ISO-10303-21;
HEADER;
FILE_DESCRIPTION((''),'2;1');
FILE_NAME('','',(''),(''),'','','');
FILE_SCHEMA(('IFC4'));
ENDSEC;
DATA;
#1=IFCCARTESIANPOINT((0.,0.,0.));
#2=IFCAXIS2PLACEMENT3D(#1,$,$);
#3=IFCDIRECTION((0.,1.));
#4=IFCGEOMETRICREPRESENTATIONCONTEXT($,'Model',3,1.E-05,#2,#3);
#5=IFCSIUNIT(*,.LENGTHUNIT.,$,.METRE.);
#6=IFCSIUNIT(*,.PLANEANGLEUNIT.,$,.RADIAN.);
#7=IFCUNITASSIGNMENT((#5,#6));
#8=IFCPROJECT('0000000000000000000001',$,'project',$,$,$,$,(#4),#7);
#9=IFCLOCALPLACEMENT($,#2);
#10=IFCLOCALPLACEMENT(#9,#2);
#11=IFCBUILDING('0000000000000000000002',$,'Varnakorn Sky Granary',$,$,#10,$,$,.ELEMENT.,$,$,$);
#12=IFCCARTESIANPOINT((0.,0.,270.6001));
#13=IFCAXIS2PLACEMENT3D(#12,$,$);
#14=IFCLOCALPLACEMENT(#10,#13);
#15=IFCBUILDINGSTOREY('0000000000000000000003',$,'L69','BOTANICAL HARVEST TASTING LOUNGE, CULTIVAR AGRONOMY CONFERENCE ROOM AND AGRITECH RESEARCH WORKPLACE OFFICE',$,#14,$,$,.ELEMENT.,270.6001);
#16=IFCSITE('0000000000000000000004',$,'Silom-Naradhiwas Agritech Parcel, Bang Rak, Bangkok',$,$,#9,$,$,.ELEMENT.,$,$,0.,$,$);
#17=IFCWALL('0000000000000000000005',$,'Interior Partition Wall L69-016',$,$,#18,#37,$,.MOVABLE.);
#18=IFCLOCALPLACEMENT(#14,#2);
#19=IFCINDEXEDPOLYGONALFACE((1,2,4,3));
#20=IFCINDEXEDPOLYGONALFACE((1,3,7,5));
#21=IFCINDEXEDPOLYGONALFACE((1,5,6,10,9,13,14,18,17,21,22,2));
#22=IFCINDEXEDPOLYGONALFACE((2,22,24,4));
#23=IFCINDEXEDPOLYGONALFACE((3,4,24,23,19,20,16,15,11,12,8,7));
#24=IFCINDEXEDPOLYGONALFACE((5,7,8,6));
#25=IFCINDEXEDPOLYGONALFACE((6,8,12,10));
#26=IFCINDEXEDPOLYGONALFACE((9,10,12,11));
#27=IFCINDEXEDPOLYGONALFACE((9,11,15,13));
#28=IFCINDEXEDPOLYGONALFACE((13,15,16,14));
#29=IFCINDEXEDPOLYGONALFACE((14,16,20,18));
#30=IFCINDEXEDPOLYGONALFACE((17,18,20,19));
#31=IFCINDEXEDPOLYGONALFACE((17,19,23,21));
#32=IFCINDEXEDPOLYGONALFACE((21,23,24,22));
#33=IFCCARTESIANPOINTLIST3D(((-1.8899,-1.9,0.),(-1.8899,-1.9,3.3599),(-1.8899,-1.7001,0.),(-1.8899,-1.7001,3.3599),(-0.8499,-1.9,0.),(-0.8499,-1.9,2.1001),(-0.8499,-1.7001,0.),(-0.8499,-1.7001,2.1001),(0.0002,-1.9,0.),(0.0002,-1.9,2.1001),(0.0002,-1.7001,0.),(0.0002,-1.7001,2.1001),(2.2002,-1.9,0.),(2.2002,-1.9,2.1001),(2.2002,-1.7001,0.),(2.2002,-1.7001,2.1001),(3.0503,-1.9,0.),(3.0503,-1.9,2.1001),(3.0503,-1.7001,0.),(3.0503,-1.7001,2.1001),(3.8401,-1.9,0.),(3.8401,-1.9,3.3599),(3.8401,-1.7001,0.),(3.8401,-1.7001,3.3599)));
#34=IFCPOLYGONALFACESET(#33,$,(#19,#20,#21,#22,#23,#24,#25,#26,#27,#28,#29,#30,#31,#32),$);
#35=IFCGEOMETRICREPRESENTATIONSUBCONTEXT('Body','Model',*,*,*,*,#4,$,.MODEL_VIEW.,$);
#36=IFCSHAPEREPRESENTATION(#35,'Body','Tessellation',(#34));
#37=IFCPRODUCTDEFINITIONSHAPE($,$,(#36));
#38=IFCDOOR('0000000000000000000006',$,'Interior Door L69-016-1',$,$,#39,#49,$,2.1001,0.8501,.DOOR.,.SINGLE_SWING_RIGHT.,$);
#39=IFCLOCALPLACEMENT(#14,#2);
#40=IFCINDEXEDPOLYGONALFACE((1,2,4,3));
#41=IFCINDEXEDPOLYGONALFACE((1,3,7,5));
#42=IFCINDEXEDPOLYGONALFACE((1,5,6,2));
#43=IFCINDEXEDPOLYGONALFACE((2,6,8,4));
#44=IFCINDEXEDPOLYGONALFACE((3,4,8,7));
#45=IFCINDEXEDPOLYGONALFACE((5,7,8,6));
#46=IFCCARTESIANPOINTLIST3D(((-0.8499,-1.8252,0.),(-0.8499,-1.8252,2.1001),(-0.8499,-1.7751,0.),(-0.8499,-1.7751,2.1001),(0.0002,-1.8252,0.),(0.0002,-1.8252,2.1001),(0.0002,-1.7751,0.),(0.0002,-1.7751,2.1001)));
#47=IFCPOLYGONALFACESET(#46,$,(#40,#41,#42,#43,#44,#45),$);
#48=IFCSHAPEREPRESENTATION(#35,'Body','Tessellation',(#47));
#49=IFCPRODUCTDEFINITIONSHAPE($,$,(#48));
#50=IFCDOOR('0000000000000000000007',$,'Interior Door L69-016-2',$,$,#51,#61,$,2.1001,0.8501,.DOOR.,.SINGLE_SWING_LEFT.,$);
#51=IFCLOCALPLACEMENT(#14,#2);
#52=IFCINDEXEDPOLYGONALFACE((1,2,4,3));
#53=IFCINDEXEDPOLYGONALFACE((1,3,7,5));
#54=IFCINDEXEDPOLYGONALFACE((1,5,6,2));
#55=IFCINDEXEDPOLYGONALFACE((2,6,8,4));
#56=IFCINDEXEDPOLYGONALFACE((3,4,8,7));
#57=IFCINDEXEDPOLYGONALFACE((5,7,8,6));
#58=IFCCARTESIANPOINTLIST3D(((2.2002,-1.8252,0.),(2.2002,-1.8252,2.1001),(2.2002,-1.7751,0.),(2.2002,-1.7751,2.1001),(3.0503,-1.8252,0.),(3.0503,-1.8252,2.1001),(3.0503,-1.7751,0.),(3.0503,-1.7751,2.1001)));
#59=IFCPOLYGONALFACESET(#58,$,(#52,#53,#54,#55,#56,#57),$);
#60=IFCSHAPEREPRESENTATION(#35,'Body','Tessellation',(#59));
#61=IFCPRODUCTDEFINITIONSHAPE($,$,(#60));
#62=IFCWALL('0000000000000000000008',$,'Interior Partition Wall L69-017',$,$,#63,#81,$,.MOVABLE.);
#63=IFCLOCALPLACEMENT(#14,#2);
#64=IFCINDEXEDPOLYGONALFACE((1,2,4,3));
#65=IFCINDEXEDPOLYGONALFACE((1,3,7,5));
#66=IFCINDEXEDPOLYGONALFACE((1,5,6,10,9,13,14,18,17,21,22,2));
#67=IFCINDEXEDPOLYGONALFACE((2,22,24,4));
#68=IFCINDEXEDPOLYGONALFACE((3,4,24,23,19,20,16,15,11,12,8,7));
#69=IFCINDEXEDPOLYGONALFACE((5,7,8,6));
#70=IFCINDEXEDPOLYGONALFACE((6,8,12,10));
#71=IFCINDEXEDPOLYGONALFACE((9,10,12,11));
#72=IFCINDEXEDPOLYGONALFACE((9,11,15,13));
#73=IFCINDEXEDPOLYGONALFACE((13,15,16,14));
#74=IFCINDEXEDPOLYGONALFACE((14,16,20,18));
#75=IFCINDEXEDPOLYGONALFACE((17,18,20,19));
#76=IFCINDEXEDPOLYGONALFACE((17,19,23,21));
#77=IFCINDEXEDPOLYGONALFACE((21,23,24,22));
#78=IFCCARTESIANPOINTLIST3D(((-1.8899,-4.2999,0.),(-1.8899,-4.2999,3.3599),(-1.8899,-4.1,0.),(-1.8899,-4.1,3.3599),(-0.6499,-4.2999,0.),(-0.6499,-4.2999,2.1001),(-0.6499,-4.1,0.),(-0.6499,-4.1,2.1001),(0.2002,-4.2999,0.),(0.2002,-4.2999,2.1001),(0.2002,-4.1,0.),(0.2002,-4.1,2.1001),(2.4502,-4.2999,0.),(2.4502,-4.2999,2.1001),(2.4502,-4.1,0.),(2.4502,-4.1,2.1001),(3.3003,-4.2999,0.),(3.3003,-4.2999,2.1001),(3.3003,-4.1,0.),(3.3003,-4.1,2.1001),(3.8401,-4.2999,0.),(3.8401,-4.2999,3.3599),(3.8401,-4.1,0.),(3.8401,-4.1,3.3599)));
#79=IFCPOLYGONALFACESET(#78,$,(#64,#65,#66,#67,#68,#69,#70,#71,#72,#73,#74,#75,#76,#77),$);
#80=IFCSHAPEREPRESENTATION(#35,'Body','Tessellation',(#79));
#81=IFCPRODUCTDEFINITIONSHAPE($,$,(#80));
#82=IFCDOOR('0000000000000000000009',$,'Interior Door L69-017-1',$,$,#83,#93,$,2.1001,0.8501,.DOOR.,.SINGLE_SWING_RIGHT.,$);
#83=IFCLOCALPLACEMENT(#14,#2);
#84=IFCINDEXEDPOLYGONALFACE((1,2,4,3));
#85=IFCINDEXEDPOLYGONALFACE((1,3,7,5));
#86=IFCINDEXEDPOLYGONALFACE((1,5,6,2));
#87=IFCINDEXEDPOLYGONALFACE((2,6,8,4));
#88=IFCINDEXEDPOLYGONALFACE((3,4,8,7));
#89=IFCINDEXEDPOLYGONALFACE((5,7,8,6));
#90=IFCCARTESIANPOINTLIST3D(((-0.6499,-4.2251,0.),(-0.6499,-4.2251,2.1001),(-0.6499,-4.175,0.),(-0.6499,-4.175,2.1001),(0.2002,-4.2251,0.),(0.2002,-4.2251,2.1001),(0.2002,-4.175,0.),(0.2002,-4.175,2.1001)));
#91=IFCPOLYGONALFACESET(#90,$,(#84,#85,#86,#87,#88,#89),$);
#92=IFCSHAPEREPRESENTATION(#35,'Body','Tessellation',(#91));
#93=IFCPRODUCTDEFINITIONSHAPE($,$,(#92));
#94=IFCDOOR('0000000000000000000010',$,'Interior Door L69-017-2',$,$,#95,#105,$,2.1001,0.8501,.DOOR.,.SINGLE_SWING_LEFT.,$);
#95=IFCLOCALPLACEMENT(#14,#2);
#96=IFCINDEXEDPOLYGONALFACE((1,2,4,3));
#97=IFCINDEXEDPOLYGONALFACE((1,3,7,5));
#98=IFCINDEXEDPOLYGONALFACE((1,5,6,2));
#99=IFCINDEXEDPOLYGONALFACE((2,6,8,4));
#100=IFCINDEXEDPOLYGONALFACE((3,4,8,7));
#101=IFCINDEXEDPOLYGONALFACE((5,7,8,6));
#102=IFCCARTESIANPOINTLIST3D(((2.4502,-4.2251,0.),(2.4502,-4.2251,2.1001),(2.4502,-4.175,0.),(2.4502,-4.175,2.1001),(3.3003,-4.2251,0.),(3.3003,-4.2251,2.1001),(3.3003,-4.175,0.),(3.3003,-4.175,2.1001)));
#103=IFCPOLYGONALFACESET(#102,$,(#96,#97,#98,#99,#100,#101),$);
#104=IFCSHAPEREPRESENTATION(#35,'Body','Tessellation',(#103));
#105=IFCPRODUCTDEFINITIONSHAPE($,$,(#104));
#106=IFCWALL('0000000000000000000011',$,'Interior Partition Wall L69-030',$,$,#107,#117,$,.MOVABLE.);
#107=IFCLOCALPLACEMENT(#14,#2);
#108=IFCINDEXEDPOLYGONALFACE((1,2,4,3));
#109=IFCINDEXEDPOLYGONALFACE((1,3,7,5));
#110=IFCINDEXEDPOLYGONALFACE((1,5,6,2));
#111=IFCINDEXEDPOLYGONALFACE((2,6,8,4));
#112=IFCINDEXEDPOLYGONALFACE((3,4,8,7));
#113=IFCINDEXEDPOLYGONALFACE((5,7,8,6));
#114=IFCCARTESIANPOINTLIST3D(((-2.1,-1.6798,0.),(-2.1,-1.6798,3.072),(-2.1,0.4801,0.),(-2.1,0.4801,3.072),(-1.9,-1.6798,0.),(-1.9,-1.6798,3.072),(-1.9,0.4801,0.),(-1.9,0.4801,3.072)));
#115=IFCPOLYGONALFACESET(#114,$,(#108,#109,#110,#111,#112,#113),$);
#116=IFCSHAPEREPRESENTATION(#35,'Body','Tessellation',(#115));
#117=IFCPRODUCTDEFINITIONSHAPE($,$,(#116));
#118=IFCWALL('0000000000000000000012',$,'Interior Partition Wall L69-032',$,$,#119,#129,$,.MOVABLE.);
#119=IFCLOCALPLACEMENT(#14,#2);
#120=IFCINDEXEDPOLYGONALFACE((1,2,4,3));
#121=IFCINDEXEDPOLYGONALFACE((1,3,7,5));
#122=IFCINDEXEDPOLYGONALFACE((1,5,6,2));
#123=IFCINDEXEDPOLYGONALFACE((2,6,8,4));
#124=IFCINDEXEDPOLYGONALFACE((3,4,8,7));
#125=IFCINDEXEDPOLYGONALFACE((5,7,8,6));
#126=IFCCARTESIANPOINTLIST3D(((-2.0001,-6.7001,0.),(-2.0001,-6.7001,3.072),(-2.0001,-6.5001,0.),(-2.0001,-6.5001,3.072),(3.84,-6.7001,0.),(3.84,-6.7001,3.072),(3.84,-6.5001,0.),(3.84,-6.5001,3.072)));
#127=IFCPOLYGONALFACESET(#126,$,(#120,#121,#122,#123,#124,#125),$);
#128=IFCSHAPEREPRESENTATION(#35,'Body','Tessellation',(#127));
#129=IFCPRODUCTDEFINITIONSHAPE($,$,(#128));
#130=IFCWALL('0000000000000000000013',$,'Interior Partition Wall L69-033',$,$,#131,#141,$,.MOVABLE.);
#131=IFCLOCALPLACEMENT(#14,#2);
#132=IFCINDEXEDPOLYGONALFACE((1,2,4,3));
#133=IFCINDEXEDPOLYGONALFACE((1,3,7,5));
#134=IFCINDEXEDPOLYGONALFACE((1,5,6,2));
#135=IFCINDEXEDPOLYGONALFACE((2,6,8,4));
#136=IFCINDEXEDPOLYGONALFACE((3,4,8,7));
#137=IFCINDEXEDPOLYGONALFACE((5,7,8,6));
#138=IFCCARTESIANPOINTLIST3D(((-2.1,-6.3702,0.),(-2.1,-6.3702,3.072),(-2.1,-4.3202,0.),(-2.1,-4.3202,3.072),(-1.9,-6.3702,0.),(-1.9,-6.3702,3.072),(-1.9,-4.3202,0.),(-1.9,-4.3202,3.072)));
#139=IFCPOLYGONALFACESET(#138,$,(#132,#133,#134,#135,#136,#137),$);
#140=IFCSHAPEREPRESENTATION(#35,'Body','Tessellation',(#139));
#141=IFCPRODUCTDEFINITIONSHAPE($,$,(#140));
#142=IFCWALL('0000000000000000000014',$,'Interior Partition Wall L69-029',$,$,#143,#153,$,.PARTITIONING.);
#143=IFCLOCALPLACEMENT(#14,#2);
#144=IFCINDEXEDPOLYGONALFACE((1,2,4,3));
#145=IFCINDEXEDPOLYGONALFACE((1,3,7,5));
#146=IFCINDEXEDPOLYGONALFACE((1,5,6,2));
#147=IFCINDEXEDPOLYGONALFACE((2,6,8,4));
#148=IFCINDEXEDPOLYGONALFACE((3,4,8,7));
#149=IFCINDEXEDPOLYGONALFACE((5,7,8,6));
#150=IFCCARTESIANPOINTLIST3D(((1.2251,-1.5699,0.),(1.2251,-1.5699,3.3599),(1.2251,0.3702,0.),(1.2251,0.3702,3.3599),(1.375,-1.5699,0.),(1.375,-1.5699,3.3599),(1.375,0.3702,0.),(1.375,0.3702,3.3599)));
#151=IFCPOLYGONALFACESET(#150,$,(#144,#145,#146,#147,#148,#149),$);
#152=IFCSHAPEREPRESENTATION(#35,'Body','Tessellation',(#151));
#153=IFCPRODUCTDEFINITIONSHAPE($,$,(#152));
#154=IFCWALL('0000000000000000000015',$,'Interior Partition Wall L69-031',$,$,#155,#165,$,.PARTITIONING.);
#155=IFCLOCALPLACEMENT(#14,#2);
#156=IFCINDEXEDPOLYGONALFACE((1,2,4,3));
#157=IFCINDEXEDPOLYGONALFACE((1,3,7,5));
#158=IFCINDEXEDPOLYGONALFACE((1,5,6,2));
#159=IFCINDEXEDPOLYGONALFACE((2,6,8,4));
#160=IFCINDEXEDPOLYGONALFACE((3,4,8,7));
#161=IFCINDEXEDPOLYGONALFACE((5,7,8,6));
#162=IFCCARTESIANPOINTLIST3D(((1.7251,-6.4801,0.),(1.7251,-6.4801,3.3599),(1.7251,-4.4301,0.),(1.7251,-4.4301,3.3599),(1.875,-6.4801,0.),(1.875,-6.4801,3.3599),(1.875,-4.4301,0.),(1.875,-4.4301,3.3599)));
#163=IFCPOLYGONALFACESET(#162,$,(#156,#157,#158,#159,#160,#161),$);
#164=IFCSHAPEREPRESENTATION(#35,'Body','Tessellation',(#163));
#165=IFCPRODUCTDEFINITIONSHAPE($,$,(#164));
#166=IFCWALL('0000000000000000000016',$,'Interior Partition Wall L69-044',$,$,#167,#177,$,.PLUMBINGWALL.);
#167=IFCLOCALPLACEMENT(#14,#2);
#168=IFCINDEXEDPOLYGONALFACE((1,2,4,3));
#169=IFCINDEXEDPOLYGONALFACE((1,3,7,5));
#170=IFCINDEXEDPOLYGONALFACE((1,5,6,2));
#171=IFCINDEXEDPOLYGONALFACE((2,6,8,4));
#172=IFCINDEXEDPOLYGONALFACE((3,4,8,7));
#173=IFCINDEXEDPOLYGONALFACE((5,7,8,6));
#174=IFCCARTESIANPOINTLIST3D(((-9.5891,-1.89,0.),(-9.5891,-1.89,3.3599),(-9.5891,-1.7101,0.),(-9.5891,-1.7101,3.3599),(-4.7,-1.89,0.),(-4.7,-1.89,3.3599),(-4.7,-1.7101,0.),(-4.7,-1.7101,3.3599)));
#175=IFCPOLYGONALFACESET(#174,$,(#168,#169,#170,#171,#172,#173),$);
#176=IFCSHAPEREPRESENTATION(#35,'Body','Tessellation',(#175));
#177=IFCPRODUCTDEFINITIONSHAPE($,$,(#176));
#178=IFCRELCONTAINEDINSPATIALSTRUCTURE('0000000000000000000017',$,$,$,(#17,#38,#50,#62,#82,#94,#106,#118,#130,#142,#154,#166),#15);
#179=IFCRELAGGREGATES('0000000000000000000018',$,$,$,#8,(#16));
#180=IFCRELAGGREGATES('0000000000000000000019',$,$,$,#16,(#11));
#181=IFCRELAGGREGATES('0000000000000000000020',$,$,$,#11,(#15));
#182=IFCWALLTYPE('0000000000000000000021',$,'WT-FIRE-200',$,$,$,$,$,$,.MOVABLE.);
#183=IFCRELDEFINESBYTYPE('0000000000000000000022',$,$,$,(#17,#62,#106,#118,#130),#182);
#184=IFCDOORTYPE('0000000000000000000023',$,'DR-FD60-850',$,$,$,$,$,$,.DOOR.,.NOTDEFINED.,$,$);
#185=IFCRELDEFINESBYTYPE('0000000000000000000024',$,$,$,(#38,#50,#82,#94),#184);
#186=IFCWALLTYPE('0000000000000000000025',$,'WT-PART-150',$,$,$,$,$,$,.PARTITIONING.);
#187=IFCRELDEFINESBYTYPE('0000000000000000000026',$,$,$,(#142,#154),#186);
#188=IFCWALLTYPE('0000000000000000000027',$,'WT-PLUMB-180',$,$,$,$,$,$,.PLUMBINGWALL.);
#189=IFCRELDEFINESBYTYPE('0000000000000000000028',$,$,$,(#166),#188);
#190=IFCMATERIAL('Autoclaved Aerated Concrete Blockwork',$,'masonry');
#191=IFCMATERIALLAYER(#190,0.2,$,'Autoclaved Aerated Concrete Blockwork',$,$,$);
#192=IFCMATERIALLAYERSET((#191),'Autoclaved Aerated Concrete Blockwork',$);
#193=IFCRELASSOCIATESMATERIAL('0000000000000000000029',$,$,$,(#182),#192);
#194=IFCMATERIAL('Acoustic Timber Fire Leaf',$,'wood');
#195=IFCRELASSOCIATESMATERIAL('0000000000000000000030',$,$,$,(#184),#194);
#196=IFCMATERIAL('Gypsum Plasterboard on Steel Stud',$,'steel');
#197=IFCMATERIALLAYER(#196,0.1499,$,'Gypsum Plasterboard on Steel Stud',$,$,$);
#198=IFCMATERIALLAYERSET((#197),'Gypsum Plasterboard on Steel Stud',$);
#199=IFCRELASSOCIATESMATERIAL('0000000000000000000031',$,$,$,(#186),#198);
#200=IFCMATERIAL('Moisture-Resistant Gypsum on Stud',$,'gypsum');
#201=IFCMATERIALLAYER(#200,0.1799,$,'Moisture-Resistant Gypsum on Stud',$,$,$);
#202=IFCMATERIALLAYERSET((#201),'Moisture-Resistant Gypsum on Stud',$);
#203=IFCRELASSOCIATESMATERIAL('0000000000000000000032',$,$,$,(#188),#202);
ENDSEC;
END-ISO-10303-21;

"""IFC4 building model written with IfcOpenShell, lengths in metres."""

from ifc_helpers import new_model, si_unit, direction, frame, frame_2d, origin, place, context, subcontext, project, spatial, rectangle, extrude, material, layer, layer_set, type_object, element, fill, save


model = new_model("IFC4")

# Units and contexts
model_context = context("Model", 3, precision=1e-05, world=origin(), true_north=direction((0.0, 1.0)))
body_context = subcontext(model_context, "Body", "Model", "MODEL_VIEW")
ifc_project = project(units=[si_unit("LENGTHUNIT", "METRE"), si_unit("PLANEANGLEUNIT", "RADIAN")], contexts=[model_context])

# Site, building, storey
site_placement = place(None, origin())
site = spatial("IfcSite", under=ifc_project, at=site_placement, Name="Silom-Naradhiwas Agritech Parcel, Bang Rak, Bangkok", CompositionType="ELEMENT", RefElevation=0.0)
building_placement = place(site_placement, origin())
building = spatial("IfcBuilding", under=site, at=building_placement, Name="Varnakorn Sky Granary", CompositionType="ELEMENT")
storey_placement = place(building_placement, frame((0.0, 0.0, 270.6001)))
storey = spatial("IfcBuildingStorey", under=building, at=storey_placement, Name="L69", Description="BOTANICAL HARVEST TASTING LOUNGE, CULTIVAR AGRONOMY CONFERENCE ROOM AND AGRITECH RESEARCH WORKPLACE OFFICE", CompositionType="ELEMENT", Elevation=270.6001)

# Shared definitions
ifc_material_1 = material(Name="Autoclaved Aerated Concrete Blockwork", Category="masonry")
ifc_layer_1 = layer(ifc_material_1, 0.2, Name="Autoclaved Aerated Concrete Blockwork")
ifc_layer_set_1 = layer_set([ifc_layer_1], Name="Autoclaved Aerated Concrete Blockwork")
wall_type_1 = type_object("IfcWallType", Name="WT-FIRE-200", PredefinedType="MOVABLE", material=ifc_layer_set_1)
ifc_material_2 = material(Name="Acoustic Timber Fire Leaf", Category="wood")

# Walls, openings, doors
wall_1_placement = place(storey_placement, frame((-1.8899, -1.8, 0.0), z_axis=(0.0, 0.0, 1.0), x_axis=(1.0, 0.0, 0.0)))
wall_1 = element("IfcWall", 1, at=wall_1_placement, inside=storey, type_object=wall_type_1, Name="Interior Partition Wall L69-016", PredefinedType="MOVABLE", context=body_context, shape_type="SweptSolid", body=[
    extrude(rectangle(XDim=5.73, YDim=0.2, at=frame_2d((2.865, 0.0))), origin(), (0.0, 0.0, 1.0), 3.3599),
])
opening_1_placement = place(wall_1_placement, frame((1.04, 0.0, 0.0)))
opening_1 = element("IfcOpeningElement", 2, at=opening_1_placement, cuts=wall_1, PredefinedType="OPENING", context=body_context, shape_type="SweptSolid", body=[
    extrude(rectangle(XDim=0.8501, YDim=2.1001, at=frame_2d((0.425, 1.05))), frame((0.0, 0.1099, 0.0), z_axis=(0.0, -1.0, 0.0), x_axis=(1.0, 0.0, 0.0)), (0.0, 0.0, 1.0), 0.22),
])
opening_2_placement = place(wall_1_placement, frame((4.0901, 0.0, 0.0)))
opening_2 = element("IfcOpeningElement", 3, at=opening_2_placement, cuts=wall_1, PredefinedType="OPENING", context=body_context, shape_type="SweptSolid", body=[
    extrude(rectangle(XDim=0.8501, YDim=2.1001, at=frame_2d((0.425, 1.05))), frame((0.0, 0.1099, 0.0), z_axis=(0.0, -1.0, 0.0), x_axis=(1.0, 0.0, 0.0)), (0.0, 0.0, 1.0), 0.22),
])
door_type_1 = type_object("IfcDoorType", Name="DR-FD60-850", OperationType="NOTDEFINED", PredefinedType="DOOR", material=ifc_material_2)
door_1_placement = place(opening_1_placement, origin())
door_1 = element("IfcDoor", 4, at=door_1_placement, inside=storey, type_object=door_type_1, Name="Interior Door L69-016-1", OperationType="SINGLE_SWING_RIGHT", OverallHeight=2.1001, OverallWidth=0.8501, PredefinedType="DOOR", context=body_context, shape_type="SweptSolid", body=[
    extrude(rectangle(XDim=0.8501, YDim=2.1001, at=frame_2d((0.425, 1.05))), frame((0.0, 0.0249, 0.0), z_axis=(0.0, -1.0, 0.0), x_axis=(1.0, 0.0, 0.0)), (0.0, 0.0, 1.0), 0.05),
])
fill(opening_1, door_1)
door_2_placement = place(opening_2_placement, origin())
door_2 = element("IfcDoor", 5, at=door_2_placement, inside=storey, type_object=door_type_1, Name="Interior Door L69-016-2", OperationType="SINGLE_SWING_LEFT", OverallHeight=2.1001, OverallWidth=0.8501, PredefinedType="DOOR", context=body_context, shape_type="SweptSolid", body=[
    extrude(rectangle(XDim=0.8501, YDim=2.1001, at=frame_2d((0.425, 1.05))), frame((0.0, 0.0249, 0.0), z_axis=(0.0, -1.0, 0.0), x_axis=(1.0, 0.0, 0.0)), (0.0, 0.0, 1.0), 0.05),
])
fill(opening_2, door_2)
wall_2_placement = place(storey_placement, frame((-1.8899, -4.2, 0.0), z_axis=(0.0, 0.0, 1.0), x_axis=(1.0, 0.0, 0.0)))
wall_2 = element("IfcWall", 6, at=wall_2_placement, inside=storey, type_object=wall_type_1, Name="Interior Partition Wall L69-017", PredefinedType="MOVABLE", context=body_context, shape_type="SweptSolid", body=[
    extrude(rectangle(XDim=5.73, YDim=0.2, at=frame_2d((2.865, 0.0))), origin(), (0.0, 0.0, 1.0), 3.3599),
])
opening_3_placement = place(wall_2_placement, frame((1.24, 0.0, 0.0)))
opening_3 = element("IfcOpeningElement", 7, at=opening_3_placement, cuts=wall_2, PredefinedType="OPENING", context=body_context, shape_type="SweptSolid", body=[
    extrude(rectangle(XDim=0.8501, YDim=2.1001, at=frame_2d((0.425, 1.05))), frame((0.0, 0.1099, 0.0), z_axis=(0.0, -1.0, 0.0), x_axis=(1.0, 0.0, 0.0)), (0.0, 0.0, 1.0), 0.22),
])
opening_4_placement = place(wall_2_placement, frame((4.3401, 0.0, 0.0)))
opening_4 = element("IfcOpeningElement", 8, at=opening_4_placement, cuts=wall_2, PredefinedType="OPENING", context=body_context, shape_type="SweptSolid", body=[
    extrude(rectangle(XDim=0.8501, YDim=2.1001, at=frame_2d((0.425, 1.05))), frame((0.0, 0.1099, 0.0), z_axis=(0.0, -1.0, 0.0), x_axis=(1.0, 0.0, 0.0)), (0.0, 0.0, 1.0), 0.22),
])
door_3_placement = place(opening_3_placement, origin())
door_3 = element("IfcDoor", 9, at=door_3_placement, inside=storey, type_object=door_type_1, Name="Interior Door L69-017-1", OperationType="SINGLE_SWING_RIGHT", OverallHeight=2.1001, OverallWidth=0.8501, PredefinedType="DOOR", context=body_context, shape_type="SweptSolid", body=[
    extrude(rectangle(XDim=0.8501, YDim=2.1001, at=frame_2d((0.425, 1.05))), frame((0.0, 0.0249, 0.0), z_axis=(0.0, -1.0, 0.0), x_axis=(1.0, 0.0, 0.0)), (0.0, 0.0, 1.0), 0.05),
])
fill(opening_3, door_3)
door_4_placement = place(opening_4_placement, origin())
door_4 = element("IfcDoor", 10, at=door_4_placement, inside=storey, type_object=door_type_1, Name="Interior Door L69-017-2", OperationType="SINGLE_SWING_LEFT", OverallHeight=2.1001, OverallWidth=0.8501, PredefinedType="DOOR", context=body_context, shape_type="SweptSolid", body=[
    extrude(rectangle(XDim=0.8501, YDim=2.1001, at=frame_2d((0.425, 1.05))), frame((0.0, 0.0249, 0.0), z_axis=(0.0, -1.0, 0.0), x_axis=(1.0, 0.0, 0.0)), (0.0, 0.0, 1.0), 0.05),
])
fill(opening_4, door_4)

# Walls
wall_3_placement = place(storey_placement, frame((-2.0, -1.6799, 0.0), z_axis=(0.0, 0.0, 1.0), x_axis=(0.0, 1.0, 0.0)))
element("IfcWall", 11, at=wall_3_placement, inside=storey, type_object=wall_type_1, Name="Interior Partition Wall L69-030", PredefinedType="MOVABLE", context=body_context, shape_type="SweptSolid", body=[
    extrude(rectangle(XDim=2.1599, YDim=0.2, at=frame_2d((1.0801, 0.0))), origin(), (0.0, 0.0, 1.0), 3.072),
])
wall_4_placement = place(storey_placement, frame((-2.0, -6.6001, 0.0), z_axis=(0.0, 0.0, 1.0), x_axis=(1.0, 0.0, 0.0)))
element("IfcWall", 12, at=wall_4_placement, inside=storey, type_object=wall_type_1, Name="Interior Partition Wall L69-032", PredefinedType="MOVABLE", context=body_context, shape_type="SweptSolid", body=[
    extrude(rectangle(XDim=5.8401, YDim=0.2, at=frame_2d((2.9199, 0.0))), origin(), (0.0, 0.0, 1.0), 3.072),
])
wall_5_placement = place(storey_placement, frame((-2.0, -6.3701, 0.0), z_axis=(0.0, 0.0, 1.0), x_axis=(0.0, 1.0, 0.0)))
element("IfcWall", 13, at=wall_5_placement, inside=storey, type_object=wall_type_1, Name="Interior Partition Wall L69-033", PredefinedType="MOVABLE", context=body_context, shape_type="SweptSolid", body=[
    extrude(rectangle(XDim=2.05, YDim=0.2, at=frame_2d((1.0249, 0.0))), origin(), (0.0, 0.0, 1.0), 3.072),
])
ifc_material_3 = material(Name="Gypsum Plasterboard on Steel Stud", Category="steel")
ifc_layer_2 = layer(ifc_material_3, 0.1499, Name="Gypsum Plasterboard on Steel Stud")
ifc_layer_set_2 = layer_set([ifc_layer_2], Name="Gypsum Plasterboard on Steel Stud")
wall_type_2 = type_object("IfcWallType", Name="WT-PART-150", PredefinedType="PARTITIONING", material=ifc_layer_set_2)
wall_6_placement = place(storey_placement, frame((1.3, -1.5701, 0.0), z_axis=(0.0, 0.0, 1.0), x_axis=(0.0, 1.0, 0.0)))
element("IfcWall", 14, at=wall_6_placement, inside=storey, type_object=wall_type_2, Name="Interior Partition Wall L69-029", PredefinedType="PARTITIONING", context=body_context, shape_type="SweptSolid", body=[
    extrude(rectangle(XDim=1.9402, YDim=0.1499, at=frame_2d((0.9702, 0.0))), origin(), (0.0, 0.0, 1.0), 3.3599),
])
wall_7_placement = place(storey_placement, frame((1.8, -6.48, 0.0), z_axis=(0.0, 0.0, 1.0), x_axis=(0.0, 1.0, 0.0)))
element("IfcWall", 15, at=wall_7_placement, inside=storey, type_object=wall_type_2, Name="Interior Partition Wall L69-031", PredefinedType="PARTITIONING", context=body_context, shape_type="SweptSolid", body=[
    extrude(rectangle(XDim=2.05, YDim=0.1499, at=frame_2d((1.0249, 0.0))), origin(), (0.0, 0.0, 1.0), 3.3599),
])
ifc_material_4 = material(Name="Moisture-Resistant Gypsum on Stud", Category="gypsum")
ifc_layer_3 = layer(ifc_material_4, 0.1799, Name="Moisture-Resistant Gypsum on Stud")
ifc_layer_set_3 = layer_set([ifc_layer_3], Name="Moisture-Resistant Gypsum on Stud")
wall_type_3 = type_object("IfcWallType", Name="WT-PLUMB-180", PredefinedType="PLUMBINGWALL", material=ifc_layer_set_3)
wall_8_placement = place(storey_placement, frame((-4.7, -1.8, 0.0), z_axis=(0.0, 0.0, 1.0), x_axis=(-1.0, 0.0, 0.0)))
element("IfcWall", 16, at=wall_8_placement, inside=storey, type_object=wall_type_3, Name="Interior Partition Wall L69-044", PredefinedType="PLUMBINGWALL", context=body_context, shape_type="SweptSolid", body=[
    extrude(rectangle(XDim=4.8892, YDim=0.1799, at=frame_2d((2.4446, 0.0))), origin(), (0.0, 0.0, 1.0), 3.3599),
])

save(model, "model.ifc")
